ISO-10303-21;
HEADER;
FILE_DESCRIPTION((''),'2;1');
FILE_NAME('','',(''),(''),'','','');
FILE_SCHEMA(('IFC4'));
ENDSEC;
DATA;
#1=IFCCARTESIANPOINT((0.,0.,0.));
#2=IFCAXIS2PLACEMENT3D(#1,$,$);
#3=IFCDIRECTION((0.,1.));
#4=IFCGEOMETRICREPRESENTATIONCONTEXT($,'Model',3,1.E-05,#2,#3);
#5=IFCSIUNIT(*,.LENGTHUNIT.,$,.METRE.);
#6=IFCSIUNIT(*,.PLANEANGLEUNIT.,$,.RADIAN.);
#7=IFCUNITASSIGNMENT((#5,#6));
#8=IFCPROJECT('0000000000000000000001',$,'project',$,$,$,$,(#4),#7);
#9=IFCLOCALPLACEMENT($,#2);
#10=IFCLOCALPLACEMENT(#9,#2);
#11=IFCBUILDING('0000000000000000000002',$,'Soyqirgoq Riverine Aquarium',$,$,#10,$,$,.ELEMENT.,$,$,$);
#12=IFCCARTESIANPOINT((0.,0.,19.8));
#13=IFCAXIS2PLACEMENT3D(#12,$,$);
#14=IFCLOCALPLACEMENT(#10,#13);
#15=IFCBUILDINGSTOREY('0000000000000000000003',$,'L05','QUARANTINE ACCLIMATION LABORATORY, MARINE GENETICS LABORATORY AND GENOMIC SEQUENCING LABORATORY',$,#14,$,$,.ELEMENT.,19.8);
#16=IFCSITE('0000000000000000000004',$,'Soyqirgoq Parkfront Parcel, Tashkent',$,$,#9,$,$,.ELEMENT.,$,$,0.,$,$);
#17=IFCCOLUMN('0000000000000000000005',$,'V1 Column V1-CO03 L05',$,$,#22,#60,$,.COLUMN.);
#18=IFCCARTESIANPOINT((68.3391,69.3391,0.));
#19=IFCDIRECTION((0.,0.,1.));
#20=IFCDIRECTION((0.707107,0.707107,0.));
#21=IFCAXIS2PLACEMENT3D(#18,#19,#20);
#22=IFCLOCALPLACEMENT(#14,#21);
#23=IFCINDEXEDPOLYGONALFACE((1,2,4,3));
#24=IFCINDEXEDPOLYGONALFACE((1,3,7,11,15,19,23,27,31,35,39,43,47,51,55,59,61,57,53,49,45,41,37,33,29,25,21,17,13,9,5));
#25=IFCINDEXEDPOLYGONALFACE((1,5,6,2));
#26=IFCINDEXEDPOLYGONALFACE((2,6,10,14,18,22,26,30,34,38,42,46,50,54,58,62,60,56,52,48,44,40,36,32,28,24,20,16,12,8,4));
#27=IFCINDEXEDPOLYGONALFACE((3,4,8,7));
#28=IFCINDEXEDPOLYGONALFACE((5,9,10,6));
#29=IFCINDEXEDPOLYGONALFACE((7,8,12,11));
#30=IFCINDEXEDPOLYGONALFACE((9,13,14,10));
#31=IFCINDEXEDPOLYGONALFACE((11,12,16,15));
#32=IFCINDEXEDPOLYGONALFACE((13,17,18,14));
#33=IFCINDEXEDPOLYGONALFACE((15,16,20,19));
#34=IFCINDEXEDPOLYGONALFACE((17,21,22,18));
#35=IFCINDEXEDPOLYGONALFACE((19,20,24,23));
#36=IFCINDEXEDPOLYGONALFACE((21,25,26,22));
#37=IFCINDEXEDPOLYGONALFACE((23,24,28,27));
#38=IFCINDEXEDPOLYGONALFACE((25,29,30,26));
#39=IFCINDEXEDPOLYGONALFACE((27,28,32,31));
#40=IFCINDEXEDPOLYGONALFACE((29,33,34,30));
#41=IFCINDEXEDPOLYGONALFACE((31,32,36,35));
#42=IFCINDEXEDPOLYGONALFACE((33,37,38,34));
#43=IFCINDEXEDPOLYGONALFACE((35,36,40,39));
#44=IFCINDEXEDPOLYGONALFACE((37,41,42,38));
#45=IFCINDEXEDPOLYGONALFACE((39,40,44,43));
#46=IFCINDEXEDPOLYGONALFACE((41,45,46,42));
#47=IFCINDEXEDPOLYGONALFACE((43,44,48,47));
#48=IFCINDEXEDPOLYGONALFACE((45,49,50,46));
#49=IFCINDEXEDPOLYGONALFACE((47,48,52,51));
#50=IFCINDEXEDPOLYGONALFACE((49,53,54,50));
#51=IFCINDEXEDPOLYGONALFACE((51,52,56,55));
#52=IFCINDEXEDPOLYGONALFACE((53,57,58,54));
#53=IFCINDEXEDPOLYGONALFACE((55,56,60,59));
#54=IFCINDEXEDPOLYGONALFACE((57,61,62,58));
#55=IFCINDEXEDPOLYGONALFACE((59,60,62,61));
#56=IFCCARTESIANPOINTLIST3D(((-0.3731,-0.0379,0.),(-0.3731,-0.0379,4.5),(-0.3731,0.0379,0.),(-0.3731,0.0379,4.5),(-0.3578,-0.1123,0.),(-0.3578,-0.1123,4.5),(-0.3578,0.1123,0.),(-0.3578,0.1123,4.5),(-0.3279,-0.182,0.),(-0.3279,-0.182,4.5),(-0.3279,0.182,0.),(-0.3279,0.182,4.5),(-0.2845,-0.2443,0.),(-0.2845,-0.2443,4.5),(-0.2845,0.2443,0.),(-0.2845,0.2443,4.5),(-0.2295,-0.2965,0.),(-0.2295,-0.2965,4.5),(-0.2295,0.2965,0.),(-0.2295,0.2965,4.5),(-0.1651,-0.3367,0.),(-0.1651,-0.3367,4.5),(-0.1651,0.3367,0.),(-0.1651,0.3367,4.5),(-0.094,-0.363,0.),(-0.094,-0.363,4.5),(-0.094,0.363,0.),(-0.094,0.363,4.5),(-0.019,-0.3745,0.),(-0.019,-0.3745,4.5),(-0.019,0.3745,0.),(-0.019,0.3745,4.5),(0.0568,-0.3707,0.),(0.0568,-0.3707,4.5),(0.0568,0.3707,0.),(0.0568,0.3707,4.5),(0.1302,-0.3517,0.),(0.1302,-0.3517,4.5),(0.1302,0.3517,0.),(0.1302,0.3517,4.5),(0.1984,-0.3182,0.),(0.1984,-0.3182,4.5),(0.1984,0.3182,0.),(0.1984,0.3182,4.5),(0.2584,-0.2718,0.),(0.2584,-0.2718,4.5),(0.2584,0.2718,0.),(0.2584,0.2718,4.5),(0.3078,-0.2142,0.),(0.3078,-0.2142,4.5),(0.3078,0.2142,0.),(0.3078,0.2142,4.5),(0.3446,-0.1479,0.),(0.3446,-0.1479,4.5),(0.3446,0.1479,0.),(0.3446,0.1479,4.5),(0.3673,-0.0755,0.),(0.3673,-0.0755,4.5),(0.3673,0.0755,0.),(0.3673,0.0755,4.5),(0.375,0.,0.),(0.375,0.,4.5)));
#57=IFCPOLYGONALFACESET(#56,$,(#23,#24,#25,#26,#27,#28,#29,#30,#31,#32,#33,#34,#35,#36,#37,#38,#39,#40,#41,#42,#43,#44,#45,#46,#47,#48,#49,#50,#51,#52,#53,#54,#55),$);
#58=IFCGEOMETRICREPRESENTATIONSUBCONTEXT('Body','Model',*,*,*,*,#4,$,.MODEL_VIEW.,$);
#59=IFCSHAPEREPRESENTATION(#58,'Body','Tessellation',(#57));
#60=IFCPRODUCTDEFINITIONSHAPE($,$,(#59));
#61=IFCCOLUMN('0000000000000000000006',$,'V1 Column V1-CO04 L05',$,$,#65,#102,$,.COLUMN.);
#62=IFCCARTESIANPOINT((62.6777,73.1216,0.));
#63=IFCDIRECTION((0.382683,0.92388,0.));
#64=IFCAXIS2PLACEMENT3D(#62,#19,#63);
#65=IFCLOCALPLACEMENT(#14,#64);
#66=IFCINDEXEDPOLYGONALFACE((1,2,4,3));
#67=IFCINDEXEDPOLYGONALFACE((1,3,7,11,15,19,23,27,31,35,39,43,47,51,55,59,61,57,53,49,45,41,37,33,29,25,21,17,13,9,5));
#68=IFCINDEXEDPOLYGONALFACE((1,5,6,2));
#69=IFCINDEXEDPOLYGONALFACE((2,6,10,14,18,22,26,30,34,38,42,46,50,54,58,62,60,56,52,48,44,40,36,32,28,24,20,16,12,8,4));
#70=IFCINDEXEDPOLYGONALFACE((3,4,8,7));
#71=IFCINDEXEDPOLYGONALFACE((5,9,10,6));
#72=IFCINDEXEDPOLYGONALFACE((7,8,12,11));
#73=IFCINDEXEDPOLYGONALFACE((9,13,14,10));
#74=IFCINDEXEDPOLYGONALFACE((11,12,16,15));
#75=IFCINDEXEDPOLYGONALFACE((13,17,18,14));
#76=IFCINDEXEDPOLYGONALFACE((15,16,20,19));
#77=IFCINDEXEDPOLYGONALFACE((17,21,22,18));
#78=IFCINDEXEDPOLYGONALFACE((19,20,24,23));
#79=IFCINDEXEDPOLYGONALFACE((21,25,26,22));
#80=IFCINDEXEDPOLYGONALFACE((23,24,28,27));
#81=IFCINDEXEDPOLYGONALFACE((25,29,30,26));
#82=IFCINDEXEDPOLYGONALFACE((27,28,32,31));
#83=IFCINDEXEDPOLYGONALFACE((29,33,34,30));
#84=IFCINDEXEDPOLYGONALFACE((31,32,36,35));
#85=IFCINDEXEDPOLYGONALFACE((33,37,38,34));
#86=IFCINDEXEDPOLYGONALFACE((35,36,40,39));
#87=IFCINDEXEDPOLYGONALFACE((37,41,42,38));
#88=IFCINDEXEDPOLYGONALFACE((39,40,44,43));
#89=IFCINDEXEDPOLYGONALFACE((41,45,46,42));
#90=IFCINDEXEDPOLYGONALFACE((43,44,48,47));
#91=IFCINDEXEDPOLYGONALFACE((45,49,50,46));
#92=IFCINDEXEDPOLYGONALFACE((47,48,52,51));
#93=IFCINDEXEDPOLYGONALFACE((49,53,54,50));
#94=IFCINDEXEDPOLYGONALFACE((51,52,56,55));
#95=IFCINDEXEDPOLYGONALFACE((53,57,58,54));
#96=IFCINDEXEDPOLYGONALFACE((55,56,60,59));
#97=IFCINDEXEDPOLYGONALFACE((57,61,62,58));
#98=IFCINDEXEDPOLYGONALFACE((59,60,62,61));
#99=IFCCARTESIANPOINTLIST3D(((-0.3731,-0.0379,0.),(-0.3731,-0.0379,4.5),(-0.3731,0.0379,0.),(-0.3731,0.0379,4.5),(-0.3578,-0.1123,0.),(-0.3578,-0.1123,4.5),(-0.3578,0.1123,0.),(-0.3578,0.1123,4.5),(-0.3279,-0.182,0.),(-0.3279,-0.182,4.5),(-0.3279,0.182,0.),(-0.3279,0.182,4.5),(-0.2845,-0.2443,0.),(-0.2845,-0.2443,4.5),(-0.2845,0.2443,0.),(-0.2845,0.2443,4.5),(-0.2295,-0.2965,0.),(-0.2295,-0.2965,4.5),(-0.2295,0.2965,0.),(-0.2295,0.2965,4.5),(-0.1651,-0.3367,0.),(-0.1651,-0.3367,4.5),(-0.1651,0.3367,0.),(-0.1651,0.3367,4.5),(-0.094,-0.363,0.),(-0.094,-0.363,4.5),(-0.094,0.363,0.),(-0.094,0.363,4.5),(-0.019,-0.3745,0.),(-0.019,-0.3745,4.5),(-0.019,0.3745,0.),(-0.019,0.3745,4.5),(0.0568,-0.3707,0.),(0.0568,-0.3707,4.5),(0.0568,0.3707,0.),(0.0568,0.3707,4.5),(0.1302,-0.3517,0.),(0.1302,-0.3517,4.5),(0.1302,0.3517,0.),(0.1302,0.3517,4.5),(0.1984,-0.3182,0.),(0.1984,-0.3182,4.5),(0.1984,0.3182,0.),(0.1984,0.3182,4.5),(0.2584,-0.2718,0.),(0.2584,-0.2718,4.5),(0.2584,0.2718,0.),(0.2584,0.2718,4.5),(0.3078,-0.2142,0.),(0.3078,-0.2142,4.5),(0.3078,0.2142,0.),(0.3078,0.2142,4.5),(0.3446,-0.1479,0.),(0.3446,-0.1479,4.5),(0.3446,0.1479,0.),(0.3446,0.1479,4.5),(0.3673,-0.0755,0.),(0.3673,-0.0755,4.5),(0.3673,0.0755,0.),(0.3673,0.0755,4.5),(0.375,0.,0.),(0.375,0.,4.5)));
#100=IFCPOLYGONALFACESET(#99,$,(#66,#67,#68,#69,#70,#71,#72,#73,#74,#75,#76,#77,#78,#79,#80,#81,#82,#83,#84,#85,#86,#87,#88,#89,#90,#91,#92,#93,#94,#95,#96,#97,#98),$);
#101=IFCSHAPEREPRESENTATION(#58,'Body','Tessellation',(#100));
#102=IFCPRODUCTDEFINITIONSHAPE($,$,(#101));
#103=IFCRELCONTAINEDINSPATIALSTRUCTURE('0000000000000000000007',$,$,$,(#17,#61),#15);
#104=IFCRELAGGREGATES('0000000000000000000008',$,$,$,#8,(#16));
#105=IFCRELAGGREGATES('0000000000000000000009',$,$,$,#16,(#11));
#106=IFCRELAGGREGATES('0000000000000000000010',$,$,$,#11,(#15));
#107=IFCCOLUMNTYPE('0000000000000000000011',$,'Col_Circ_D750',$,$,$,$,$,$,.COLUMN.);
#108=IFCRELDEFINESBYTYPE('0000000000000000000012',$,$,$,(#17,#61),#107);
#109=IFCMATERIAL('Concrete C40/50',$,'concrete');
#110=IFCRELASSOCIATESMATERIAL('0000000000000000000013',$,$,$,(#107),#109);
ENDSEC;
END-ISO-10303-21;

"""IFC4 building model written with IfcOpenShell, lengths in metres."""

from ifc_helpers import new_model, si_unit, direction, frame, origin, origin_2d, place, context, subcontext, project, spatial, circle, extrude, material, material_profile, profile_set, type_object, element, save


model = new_model("IFC4")

# Units and contexts
model_context = context("Model", 3, precision=1e-05, world=origin(), true_north=direction((0.0, 1.0)))
body_context = subcontext(model_context, "Body", "Model", "MODEL_VIEW")
ifc_project = project(units=[si_unit("LENGTHUNIT", "METRE"), si_unit("PLANEANGLEUNIT", "RADIAN")], contexts=[model_context])

# Site, building, storey
site_placement = place(None, origin())
site = spatial("IfcSite", under=ifc_project, at=site_placement, Name="Soyqirgoq Parkfront Parcel, Tashkent", CompositionType="ELEMENT", RefElevation=0.0)
building_placement = place(site_placement, origin())
building = spatial("IfcBuilding", under=site, at=building_placement, Name="Soyqirgoq Riverine Aquarium", CompositionType="ELEMENT")
storey_placement = place(building_placement, frame((0.0, 0.0, 19.8)))
storey = spatial("IfcBuildingStorey", under=building, at=storey_placement, Name="L05", Description="QUARANTINE ACCLIMATION LABORATORY, MARINE GENETICS LABORATORY AND GENOMIC SEQUENCING LABORATORY", CompositionType="ELEMENT", Elevation=19.8)

# Columns
ifc_material_1 = material(Name="Concrete C40/50", Category="concrete")
ifc_material_profile_1 = material_profile(ifc_material_1, circle(Radius=0.375, at=origin_2d()), Name="RC-COL D750")
ifc_profile_set_1 = profile_set([ifc_material_profile_1], Name="Concrete C40/50")
column_type_1 = type_object("IfcColumnType", Name="Col_Circ_D750", PredefinedType="COLUMN", material=ifc_profile_set_1)
for number, where, z_axis, x_axis, name in (
    (1, (68.3391, 69.3391, 0.0), (0.0, 0.0, 1.0), (0.707107, 0.707107, 0.0), "V1 Column V1-CO03 L05"),
    (2, (62.6777, 73.1216, 0.0), (0.0, 0.0, 1.0), (0.382683, 0.92388, 0.0), "V1 Column V1-CO04 L05"),
):
    element("IfcColumn", number, at=place(storey_placement, frame(where, z_axis=z_axis, x_axis=x_axis)), inside=storey, type_object=column_type_1, Name=name, PredefinedType="COLUMN", context=body_context, shape_type="SweptSolid", body=[
        extrude(circle(Radius=0.375, at=origin_2d()), origin(), (0.0, 0.0, 1.0), 4.5),
    ])

save(model, "model.ifc")
